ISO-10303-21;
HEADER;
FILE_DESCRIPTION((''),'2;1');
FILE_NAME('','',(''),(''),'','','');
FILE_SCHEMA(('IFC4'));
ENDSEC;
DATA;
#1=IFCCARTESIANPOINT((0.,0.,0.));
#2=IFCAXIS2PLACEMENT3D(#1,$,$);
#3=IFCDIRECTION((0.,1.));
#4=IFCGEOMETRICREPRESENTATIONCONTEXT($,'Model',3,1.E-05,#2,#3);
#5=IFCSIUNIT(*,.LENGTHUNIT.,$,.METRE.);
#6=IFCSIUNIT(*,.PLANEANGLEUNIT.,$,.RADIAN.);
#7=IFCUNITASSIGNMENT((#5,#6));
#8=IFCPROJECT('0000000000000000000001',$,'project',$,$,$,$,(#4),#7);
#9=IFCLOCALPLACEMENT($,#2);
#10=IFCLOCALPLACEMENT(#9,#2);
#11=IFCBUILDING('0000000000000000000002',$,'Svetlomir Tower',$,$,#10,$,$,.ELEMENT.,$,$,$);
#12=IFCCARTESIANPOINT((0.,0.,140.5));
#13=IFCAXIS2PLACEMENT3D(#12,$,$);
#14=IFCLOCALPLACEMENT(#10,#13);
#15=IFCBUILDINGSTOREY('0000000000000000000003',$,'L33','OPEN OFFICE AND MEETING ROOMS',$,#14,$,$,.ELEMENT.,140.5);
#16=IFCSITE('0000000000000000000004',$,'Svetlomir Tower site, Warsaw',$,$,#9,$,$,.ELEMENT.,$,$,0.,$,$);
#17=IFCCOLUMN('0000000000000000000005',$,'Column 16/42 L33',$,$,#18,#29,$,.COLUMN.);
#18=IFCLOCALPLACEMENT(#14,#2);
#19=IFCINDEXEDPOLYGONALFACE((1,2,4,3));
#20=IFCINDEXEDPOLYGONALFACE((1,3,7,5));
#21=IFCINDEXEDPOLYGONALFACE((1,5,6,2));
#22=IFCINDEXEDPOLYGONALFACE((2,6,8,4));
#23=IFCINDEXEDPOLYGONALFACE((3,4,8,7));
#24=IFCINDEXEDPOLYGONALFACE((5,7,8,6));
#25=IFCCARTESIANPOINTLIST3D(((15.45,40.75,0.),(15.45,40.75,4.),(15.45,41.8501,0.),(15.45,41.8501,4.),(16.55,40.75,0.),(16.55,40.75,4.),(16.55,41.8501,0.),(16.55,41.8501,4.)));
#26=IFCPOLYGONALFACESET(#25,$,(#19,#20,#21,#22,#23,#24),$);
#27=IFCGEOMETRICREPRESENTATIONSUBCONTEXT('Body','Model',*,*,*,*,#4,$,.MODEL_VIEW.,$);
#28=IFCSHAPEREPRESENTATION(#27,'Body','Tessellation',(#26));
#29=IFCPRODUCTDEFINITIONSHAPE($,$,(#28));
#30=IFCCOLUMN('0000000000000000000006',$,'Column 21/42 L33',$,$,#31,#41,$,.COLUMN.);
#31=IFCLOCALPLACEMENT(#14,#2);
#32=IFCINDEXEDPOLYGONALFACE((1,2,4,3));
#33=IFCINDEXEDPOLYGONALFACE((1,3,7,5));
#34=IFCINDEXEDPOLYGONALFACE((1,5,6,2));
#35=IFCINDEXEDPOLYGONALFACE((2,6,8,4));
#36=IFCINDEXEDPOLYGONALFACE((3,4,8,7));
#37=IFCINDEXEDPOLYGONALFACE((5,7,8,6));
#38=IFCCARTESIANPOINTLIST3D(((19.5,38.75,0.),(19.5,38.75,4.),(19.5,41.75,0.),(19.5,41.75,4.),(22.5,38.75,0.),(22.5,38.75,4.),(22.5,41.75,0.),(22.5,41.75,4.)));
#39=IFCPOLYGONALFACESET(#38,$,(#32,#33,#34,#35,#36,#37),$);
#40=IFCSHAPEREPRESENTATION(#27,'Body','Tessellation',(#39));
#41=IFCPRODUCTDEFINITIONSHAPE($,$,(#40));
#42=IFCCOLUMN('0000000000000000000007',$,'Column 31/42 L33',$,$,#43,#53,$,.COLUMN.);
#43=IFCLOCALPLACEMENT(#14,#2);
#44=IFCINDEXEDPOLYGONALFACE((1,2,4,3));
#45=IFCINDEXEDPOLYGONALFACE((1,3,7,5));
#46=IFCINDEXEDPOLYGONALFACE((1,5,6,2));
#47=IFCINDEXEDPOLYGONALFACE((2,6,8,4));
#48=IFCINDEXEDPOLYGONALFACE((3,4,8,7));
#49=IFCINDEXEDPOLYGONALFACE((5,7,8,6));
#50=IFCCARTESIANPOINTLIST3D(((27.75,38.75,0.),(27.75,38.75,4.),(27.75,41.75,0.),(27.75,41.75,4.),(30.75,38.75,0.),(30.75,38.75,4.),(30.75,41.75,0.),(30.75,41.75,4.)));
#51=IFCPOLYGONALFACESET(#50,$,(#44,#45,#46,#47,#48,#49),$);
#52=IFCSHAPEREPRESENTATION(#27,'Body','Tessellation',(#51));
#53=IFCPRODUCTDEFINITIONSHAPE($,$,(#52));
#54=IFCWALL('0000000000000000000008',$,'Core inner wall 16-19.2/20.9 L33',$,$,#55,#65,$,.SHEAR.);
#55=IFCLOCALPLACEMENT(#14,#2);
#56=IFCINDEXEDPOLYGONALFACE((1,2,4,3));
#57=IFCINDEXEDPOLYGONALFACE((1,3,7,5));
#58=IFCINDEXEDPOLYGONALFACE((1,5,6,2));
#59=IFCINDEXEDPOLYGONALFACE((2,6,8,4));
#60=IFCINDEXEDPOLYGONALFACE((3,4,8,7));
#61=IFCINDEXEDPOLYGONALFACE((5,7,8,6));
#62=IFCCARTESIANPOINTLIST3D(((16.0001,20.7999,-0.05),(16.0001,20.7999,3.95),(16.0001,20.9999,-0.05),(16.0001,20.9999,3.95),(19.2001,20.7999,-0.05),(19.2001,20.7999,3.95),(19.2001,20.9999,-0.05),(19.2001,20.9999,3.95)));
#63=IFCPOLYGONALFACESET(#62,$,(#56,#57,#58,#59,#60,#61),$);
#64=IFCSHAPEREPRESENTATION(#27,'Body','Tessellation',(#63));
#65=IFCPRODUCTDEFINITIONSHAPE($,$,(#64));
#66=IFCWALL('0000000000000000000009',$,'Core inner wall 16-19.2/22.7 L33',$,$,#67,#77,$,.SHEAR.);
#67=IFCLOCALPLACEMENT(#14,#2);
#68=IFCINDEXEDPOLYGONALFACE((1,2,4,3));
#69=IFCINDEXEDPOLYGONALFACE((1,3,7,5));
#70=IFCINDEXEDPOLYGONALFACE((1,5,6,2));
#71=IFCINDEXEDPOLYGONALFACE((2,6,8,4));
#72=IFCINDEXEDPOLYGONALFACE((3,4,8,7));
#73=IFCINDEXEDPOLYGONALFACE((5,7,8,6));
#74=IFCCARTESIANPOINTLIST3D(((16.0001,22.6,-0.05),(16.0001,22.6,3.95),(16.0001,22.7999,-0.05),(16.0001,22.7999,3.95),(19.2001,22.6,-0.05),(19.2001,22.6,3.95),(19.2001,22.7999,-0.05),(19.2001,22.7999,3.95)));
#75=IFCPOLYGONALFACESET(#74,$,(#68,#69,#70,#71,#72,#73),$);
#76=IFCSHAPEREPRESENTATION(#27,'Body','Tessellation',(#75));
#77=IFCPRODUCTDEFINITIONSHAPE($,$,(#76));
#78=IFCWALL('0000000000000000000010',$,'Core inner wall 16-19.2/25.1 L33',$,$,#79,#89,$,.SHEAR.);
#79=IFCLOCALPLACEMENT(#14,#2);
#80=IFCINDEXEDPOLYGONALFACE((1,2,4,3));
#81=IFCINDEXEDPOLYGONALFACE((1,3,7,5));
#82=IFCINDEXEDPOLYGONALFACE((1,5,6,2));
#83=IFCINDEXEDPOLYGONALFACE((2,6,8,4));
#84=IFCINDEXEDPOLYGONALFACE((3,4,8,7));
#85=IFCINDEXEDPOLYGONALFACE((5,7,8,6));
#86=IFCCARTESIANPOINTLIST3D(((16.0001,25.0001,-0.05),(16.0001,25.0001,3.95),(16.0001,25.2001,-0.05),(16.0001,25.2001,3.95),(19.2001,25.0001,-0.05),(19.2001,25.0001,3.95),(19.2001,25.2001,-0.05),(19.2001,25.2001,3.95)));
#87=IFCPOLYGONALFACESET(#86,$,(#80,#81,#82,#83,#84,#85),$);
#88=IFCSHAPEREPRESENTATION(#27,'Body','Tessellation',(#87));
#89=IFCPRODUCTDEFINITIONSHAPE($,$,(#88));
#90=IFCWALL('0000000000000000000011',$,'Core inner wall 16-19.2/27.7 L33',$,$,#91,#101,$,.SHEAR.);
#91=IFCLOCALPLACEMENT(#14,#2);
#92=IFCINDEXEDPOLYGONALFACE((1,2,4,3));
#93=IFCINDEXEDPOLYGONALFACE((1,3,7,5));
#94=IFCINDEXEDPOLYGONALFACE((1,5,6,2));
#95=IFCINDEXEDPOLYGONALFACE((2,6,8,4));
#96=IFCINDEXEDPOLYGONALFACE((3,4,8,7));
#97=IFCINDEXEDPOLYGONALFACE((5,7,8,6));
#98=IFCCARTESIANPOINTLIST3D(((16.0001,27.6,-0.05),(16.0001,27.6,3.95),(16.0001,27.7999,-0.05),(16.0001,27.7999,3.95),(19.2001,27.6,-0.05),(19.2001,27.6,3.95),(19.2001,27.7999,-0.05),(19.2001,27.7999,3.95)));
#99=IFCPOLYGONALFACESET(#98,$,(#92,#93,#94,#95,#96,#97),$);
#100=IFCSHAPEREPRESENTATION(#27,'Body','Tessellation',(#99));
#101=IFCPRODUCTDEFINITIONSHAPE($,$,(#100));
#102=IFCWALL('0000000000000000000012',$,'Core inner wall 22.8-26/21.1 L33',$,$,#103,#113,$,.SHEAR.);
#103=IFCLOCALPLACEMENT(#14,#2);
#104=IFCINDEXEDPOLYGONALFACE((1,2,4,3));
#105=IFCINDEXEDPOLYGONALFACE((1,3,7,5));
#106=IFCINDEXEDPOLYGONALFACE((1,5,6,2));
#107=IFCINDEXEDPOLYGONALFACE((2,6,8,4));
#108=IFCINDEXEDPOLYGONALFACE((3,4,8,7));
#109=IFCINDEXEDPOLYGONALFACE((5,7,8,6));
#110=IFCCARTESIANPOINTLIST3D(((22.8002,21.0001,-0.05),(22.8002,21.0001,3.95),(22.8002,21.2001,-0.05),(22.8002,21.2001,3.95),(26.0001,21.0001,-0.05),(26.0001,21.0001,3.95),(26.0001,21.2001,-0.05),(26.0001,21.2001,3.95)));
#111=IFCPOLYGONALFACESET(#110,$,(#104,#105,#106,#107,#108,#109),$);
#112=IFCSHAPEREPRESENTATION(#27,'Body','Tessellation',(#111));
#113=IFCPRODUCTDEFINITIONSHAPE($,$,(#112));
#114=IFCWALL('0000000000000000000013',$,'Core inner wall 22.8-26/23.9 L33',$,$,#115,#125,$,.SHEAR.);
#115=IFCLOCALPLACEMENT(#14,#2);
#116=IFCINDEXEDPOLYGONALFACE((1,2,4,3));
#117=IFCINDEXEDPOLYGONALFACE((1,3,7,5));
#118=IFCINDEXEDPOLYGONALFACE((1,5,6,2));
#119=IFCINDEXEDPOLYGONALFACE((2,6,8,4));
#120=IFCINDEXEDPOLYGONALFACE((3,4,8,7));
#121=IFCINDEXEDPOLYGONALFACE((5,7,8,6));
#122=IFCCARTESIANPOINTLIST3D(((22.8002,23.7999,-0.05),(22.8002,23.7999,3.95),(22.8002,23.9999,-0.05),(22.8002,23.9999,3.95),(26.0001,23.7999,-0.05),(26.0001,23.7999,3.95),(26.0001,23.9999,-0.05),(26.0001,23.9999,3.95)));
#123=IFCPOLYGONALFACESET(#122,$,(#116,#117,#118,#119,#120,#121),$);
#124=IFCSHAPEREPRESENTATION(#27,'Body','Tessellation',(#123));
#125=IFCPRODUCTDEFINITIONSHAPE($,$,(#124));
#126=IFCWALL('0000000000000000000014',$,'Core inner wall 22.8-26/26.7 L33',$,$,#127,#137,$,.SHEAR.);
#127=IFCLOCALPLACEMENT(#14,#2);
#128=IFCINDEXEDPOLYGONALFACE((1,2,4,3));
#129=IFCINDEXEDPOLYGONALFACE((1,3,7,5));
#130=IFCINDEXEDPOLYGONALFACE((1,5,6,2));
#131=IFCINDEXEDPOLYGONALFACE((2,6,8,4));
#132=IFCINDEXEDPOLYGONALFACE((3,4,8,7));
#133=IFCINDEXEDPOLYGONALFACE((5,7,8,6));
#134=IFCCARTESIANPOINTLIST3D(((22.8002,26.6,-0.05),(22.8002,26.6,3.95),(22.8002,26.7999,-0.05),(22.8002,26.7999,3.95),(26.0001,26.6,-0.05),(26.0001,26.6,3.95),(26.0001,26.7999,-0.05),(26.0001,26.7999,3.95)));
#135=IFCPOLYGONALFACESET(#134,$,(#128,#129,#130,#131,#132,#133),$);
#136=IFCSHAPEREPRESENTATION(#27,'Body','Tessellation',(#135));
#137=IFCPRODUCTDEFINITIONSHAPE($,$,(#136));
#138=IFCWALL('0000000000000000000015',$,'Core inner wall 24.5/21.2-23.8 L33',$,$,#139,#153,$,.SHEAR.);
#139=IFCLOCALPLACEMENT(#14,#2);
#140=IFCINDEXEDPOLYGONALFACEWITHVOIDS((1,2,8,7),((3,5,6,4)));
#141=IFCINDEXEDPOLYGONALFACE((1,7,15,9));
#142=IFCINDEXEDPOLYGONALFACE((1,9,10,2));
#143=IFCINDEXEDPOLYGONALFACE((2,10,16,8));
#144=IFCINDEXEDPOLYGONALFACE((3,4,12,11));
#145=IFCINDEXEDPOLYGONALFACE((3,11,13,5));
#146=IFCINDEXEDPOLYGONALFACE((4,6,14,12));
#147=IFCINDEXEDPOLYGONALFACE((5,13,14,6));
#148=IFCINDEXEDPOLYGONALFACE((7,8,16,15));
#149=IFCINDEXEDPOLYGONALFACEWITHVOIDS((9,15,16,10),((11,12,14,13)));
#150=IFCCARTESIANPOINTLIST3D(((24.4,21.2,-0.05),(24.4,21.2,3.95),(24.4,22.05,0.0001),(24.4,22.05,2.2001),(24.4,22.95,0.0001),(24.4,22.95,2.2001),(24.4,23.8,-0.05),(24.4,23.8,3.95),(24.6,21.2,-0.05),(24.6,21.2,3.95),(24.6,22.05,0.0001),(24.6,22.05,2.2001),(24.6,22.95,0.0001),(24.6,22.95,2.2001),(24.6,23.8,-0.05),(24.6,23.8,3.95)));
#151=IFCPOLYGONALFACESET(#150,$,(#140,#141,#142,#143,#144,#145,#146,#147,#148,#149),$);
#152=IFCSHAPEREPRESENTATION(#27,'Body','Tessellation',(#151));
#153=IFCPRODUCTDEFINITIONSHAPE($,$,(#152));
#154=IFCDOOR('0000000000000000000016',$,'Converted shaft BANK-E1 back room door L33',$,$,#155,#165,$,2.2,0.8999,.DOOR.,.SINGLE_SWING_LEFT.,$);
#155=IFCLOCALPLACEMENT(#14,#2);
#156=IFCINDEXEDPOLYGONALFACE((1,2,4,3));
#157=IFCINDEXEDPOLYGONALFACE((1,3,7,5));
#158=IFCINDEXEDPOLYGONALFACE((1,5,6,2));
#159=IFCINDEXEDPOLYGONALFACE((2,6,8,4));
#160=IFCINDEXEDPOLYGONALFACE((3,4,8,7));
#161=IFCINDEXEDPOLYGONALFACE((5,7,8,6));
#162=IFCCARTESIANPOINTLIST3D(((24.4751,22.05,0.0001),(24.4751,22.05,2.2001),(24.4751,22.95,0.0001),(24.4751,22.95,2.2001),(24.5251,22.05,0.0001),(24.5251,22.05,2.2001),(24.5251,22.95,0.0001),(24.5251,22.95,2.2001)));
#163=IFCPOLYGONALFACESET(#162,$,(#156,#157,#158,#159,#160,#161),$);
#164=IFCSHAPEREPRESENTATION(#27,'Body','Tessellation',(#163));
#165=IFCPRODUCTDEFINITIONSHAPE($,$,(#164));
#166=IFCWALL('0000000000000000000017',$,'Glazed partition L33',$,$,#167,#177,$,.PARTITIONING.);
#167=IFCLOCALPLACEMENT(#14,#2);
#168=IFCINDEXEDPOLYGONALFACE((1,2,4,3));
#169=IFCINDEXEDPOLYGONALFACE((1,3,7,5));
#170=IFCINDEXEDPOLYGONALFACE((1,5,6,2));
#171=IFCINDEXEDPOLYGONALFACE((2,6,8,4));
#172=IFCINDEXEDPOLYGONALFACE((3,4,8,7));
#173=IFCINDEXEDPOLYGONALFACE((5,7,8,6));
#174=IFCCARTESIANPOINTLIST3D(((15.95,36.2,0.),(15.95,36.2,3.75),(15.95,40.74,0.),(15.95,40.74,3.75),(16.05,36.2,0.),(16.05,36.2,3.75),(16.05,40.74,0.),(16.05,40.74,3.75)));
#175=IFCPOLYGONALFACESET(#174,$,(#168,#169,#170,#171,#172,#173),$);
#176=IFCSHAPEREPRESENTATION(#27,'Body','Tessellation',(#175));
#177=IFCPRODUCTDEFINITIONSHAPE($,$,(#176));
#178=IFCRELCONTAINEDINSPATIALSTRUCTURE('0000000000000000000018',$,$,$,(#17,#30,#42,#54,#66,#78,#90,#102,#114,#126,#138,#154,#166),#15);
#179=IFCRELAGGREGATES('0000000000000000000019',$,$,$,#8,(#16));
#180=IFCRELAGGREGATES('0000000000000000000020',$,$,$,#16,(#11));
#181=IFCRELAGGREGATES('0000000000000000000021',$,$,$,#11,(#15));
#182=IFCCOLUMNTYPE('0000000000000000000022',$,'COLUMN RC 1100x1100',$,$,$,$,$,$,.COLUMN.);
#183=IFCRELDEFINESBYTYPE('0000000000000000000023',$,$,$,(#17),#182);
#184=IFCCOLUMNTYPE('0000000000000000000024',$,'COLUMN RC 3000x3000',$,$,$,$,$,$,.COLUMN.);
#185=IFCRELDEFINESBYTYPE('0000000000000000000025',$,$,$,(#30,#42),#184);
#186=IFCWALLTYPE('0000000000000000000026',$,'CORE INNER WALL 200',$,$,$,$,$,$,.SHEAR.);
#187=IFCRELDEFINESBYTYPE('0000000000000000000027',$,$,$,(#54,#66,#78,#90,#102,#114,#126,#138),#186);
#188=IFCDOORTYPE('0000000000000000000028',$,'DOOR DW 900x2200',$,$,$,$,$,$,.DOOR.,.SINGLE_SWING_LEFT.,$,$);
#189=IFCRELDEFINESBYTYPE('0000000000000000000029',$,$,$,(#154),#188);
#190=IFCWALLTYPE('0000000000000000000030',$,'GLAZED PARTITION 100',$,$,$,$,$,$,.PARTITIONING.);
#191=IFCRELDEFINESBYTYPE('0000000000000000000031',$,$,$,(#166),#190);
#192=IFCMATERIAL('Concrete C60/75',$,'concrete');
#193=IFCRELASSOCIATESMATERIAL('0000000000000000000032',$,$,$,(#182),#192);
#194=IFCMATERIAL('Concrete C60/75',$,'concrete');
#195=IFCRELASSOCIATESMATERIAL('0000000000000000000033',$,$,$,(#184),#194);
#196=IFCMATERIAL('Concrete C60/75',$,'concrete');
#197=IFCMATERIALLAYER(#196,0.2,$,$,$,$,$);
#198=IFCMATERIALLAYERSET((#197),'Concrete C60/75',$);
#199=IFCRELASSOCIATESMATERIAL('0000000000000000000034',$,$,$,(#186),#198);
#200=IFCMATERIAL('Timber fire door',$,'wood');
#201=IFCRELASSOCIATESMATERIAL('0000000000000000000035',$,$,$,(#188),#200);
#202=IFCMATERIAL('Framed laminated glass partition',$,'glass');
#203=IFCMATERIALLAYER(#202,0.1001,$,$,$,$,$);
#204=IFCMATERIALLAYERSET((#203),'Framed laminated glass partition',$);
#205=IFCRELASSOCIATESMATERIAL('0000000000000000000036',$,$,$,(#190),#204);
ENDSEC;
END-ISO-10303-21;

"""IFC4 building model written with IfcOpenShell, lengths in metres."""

from ifc_helpers import new_model, si_unit, direction, frame, frame_2d, origin, origin_2d, place, context, subcontext, project, spatial, rectangle, extrude, material, layer, layer_set, material_profile, profile_set, type_object, element, fill, save


model = new_model("IFC4")

# Units and contexts
model_context = context("Model", 3, precision=1e-05, world=origin(), true_north=direction((0.0, 1.0)))
body_context = subcontext(model_context, "Body", "Model", "MODEL_VIEW")
ifc_project = project(units=[si_unit("LENGTHUNIT", "METRE"), si_unit("PLANEANGLEUNIT", "RADIAN")], contexts=[model_context])

# Site, building, storey
site_placement = place(None, origin())
site = spatial("IfcSite", under=ifc_project, at=site_placement, Name="Svetlomir Tower site, Warsaw", CompositionType="ELEMENT", RefElevation=0.0)
building_placement = place(site_placement, origin())
building = spatial("IfcBuilding", under=site, at=building_placement, Name="Svetlomir Tower", CompositionType="ELEMENT")
storey_placement = place(building_placement, frame((0.0, 0.0, 140.5)))
storey = spatial("IfcBuildingStorey", under=building, at=storey_placement, Name="L33", Description="OPEN OFFICE AND MEETING ROOMS", CompositionType="ELEMENT", Elevation=140.5)

# Columns
ifc_material_1 = material(Name="Concrete C60/75", Category="concrete")
ifc_material_profile_1 = material_profile(ifc_material_1, rectangle(XDim=1.1001, YDim=1.1001, at=origin_2d()), Name="RC 1100x1100")
ifc_profile_set_1 = profile_set([ifc_material_profile_1], Name="Concrete C60/75")
column_type_1 = type_object("IfcColumnType", Name="COLUMN RC 1100x1100", PredefinedType="COLUMN", material=ifc_profile_set_1)
column_placement = place(storey_placement, frame((16.0, 41.3, 0.0), z_axis=(0.0, 0.0, 1.0), x_axis=(1.0, 0.0, 0.0)))
element("IfcColumn", 1, at=column_placement, inside=storey, type_object=column_type_1, Name="Column 16/42 L33", PredefinedType="COLUMN", context=body_context, shape_type="SweptSolid", body=[
    extrude(rectangle(XDim=1.1001, YDim=1.1001, at=origin_2d()), origin(), (0.0, 0.0, 1.0), 4.0),
])
ifc_material_2 = material(Name="Concrete C60/75", Category="concrete")
ifc_material_profile_2 = material_profile(ifc_material_2, rectangle(XDim=3.0, YDim=3.0, at=origin_2d()), Name="RC 3000x3000")
ifc_profile_set_2 = profile_set([ifc_material_profile_2], Name="Concrete C60/75")
column_type_2 = type_object("IfcColumnType", Name="COLUMN RC 3000x3000", PredefinedType="COLUMN", material=ifc_profile_set_2)
for number, where, z_axis, x_axis, name in (
    (2, (21.0, 40.25, 0.0), (0.0, 0.0, 1.0), (1.0, 0.0, 0.0), "Column 21/42 L33"),
    (3, (29.25, 40.25, 0.0), (0.0, 0.0, 1.0), (1.0, 0.0, 0.0), "Column 31/42 L33"),
):
    element("IfcColumn", number, at=place(storey_placement, frame(where, z_axis=z_axis, x_axis=x_axis)), inside=storey, type_object=column_type_2, Name=name, PredefinedType="COLUMN", context=body_context, shape_type="SweptSolid", body=[
        extrude(rectangle(XDim=3.0, YDim=3.0, at=origin_2d()), origin(), (0.0, 0.0, 1.0), 4.0),
    ])

# Walls
ifc_material_3 = material(Name="Concrete C60/75", Category="concrete")
ifc_layer_1 = layer(ifc_material_3, 0.2)
ifc_layer_set_1 = layer_set([ifc_layer_1], Name="Concrete C60/75")
wall_type_1 = type_object("IfcWallType", Name="CORE INNER WALL 200", PredefinedType="SHEAR", material=ifc_layer_set_1)
for number, where, z_axis, x_axis, name in (
    (4, (16.0, 20.8999, -0.05), (0.0, 0.0, 1.0), (1.0, 0.0, 0.0), "Core inner wall 16-19.2/20.9 L33"),
    (5, (16.0, 22.7, -0.05), (0.0, 0.0, 1.0), (1.0, 0.0, 0.0), "Core inner wall 16-19.2/22.7 L33"),
    (6, (16.0, 25.1001, -0.05), (0.0, 0.0, 1.0), (1.0, 0.0, 0.0), "Core inner wall 16-19.2/25.1 L33"),
    (7, (16.0, 27.7, -0.05), (0.0, 0.0, 1.0), (1.0, 0.0, 0.0), "Core inner wall 16-19.2/27.7 L33"),
    (8, (22.8, 21.1001, -0.05), (0.0, 0.0, 1.0), (1.0, 0.0, 0.0), "Core inner wall 22.8-26/21.1 L33"),
    (9, (22.8, 23.8999, -0.05), (0.0, 0.0, 1.0), (1.0, 0.0, 0.0), "Core inner wall 22.8-26/23.9 L33"),
    (10, (22.8, 26.7, -0.05), (0.0, 0.0, 1.0), (1.0, 0.0, 0.0), "Core inner wall 22.8-26/26.7 L33"),
):
    element("IfcWall", number, at=place(storey_placement, frame(where, z_axis=z_axis, x_axis=x_axis)), inside=storey, type_object=wall_type_1, Name=name, PredefinedType="SHEAR", context=body_context, shape_type="SweptSolid", body=[
        extrude(rectangle(XDim=3.2, YDim=0.2, at=frame_2d((1.6001, 0.0))), origin(), (0.0, 0.0, 1.0), 4.0),
    ])

# Wall, opening, door
wall_1_placement = place(storey_placement, frame((24.5, 21.2, -0.05), z_axis=(0.0, 0.0, 1.0), x_axis=(0.0, 1.0, 0.0)))
wall_1 = element("IfcWall", 11, at=wall_1_placement, inside=storey, type_object=wall_type_1, Name="Core inner wall 24.5/21.2-23.8 L33", PredefinedType="SHEAR", context=body_context, shape_type="SweptSolid", body=[
    extrude(rectangle(XDim=2.6001, YDim=0.2, at=frame_2d((1.3, 0.0))), origin(), (0.0, 0.0, 1.0), 4.0),
])
opening_1_placement = place(wall_1_placement, frame((0.8501, 0.0, 0.05)))
opening_1 = element("IfcOpeningElement", 12, at=opening_1_placement, cuts=wall_1, PredefinedType="OPENING", context=body_context, shape_type="SweptSolid", body=[
    extrude(rectangle(XDim=0.8999, YDim=2.2, at=frame_2d((0.45, 1.1001))), frame((0.0, 0.1099, 0.0), z_axis=(0.0, -1.0, 0.0), x_axis=(1.0, 0.0, 0.0)), (0.0, 0.0, 1.0), 0.22),
])
ifc_material_4 = material(Name="Timber fire door", Category="wood")
door_type_1 = type_object("IfcDoorType", Name="DOOR DW 900x2200", OperationType="SINGLE_SWING_LEFT", PredefinedType="DOOR", material=ifc_material_4)
door_1_placement = place(opening_1_placement, origin())
door_1 = element("IfcDoor", 13, at=door_1_placement, inside=storey, type_object=door_type_1, Name="Converted shaft BANK-E1 back room door L33", OperationType="SINGLE_SWING_LEFT", OverallHeight=2.2, OverallWidth=0.8999, PredefinedType="DOOR", context=body_context, shape_type="SweptSolid", body=[
    extrude(rectangle(XDim=0.8999, YDim=2.2, at=frame_2d((0.45, 1.1001))), frame((0.0, 0.0249, 0.0), z_axis=(0.0, -1.0, 0.0), x_axis=(1.0, 0.0, 0.0)), (0.0, 0.0, 1.0), 0.05),
])
fill(opening_1, door_1)

# Wall
ifc_material_5 = material(Name="Framed laminated glass partition", Category="glass")
ifc_layer_2 = layer(ifc_material_5, 0.1001)
ifc_layer_set_2 = layer_set([ifc_layer_2], Name="Framed laminated glass partition")
wall_type_2 = type_object("IfcWallType", Name="GLAZED PARTITION 100", PredefinedType="PARTITIONING", material=ifc_layer_set_2)
wall_2_placement = place(storey_placement, frame((16.0, 36.2, 0.0), z_axis=(0.0, 0.0, 1.0), x_axis=(0.0, 1.0, 0.0)))
element("IfcWall", 14, at=wall_2_placement, inside=storey, type_object=wall_type_2, Name="Glazed partition L33", PredefinedType="PARTITIONING", context=body_context, shape_type="SweptSolid", body=[
    extrude(rectangle(XDim=4.54, YDim=0.1001, at=frame_2d((2.27, 0.0))), origin(), (0.0, 0.0, 1.0), 3.75),
])

save(model, "model.ifc")
